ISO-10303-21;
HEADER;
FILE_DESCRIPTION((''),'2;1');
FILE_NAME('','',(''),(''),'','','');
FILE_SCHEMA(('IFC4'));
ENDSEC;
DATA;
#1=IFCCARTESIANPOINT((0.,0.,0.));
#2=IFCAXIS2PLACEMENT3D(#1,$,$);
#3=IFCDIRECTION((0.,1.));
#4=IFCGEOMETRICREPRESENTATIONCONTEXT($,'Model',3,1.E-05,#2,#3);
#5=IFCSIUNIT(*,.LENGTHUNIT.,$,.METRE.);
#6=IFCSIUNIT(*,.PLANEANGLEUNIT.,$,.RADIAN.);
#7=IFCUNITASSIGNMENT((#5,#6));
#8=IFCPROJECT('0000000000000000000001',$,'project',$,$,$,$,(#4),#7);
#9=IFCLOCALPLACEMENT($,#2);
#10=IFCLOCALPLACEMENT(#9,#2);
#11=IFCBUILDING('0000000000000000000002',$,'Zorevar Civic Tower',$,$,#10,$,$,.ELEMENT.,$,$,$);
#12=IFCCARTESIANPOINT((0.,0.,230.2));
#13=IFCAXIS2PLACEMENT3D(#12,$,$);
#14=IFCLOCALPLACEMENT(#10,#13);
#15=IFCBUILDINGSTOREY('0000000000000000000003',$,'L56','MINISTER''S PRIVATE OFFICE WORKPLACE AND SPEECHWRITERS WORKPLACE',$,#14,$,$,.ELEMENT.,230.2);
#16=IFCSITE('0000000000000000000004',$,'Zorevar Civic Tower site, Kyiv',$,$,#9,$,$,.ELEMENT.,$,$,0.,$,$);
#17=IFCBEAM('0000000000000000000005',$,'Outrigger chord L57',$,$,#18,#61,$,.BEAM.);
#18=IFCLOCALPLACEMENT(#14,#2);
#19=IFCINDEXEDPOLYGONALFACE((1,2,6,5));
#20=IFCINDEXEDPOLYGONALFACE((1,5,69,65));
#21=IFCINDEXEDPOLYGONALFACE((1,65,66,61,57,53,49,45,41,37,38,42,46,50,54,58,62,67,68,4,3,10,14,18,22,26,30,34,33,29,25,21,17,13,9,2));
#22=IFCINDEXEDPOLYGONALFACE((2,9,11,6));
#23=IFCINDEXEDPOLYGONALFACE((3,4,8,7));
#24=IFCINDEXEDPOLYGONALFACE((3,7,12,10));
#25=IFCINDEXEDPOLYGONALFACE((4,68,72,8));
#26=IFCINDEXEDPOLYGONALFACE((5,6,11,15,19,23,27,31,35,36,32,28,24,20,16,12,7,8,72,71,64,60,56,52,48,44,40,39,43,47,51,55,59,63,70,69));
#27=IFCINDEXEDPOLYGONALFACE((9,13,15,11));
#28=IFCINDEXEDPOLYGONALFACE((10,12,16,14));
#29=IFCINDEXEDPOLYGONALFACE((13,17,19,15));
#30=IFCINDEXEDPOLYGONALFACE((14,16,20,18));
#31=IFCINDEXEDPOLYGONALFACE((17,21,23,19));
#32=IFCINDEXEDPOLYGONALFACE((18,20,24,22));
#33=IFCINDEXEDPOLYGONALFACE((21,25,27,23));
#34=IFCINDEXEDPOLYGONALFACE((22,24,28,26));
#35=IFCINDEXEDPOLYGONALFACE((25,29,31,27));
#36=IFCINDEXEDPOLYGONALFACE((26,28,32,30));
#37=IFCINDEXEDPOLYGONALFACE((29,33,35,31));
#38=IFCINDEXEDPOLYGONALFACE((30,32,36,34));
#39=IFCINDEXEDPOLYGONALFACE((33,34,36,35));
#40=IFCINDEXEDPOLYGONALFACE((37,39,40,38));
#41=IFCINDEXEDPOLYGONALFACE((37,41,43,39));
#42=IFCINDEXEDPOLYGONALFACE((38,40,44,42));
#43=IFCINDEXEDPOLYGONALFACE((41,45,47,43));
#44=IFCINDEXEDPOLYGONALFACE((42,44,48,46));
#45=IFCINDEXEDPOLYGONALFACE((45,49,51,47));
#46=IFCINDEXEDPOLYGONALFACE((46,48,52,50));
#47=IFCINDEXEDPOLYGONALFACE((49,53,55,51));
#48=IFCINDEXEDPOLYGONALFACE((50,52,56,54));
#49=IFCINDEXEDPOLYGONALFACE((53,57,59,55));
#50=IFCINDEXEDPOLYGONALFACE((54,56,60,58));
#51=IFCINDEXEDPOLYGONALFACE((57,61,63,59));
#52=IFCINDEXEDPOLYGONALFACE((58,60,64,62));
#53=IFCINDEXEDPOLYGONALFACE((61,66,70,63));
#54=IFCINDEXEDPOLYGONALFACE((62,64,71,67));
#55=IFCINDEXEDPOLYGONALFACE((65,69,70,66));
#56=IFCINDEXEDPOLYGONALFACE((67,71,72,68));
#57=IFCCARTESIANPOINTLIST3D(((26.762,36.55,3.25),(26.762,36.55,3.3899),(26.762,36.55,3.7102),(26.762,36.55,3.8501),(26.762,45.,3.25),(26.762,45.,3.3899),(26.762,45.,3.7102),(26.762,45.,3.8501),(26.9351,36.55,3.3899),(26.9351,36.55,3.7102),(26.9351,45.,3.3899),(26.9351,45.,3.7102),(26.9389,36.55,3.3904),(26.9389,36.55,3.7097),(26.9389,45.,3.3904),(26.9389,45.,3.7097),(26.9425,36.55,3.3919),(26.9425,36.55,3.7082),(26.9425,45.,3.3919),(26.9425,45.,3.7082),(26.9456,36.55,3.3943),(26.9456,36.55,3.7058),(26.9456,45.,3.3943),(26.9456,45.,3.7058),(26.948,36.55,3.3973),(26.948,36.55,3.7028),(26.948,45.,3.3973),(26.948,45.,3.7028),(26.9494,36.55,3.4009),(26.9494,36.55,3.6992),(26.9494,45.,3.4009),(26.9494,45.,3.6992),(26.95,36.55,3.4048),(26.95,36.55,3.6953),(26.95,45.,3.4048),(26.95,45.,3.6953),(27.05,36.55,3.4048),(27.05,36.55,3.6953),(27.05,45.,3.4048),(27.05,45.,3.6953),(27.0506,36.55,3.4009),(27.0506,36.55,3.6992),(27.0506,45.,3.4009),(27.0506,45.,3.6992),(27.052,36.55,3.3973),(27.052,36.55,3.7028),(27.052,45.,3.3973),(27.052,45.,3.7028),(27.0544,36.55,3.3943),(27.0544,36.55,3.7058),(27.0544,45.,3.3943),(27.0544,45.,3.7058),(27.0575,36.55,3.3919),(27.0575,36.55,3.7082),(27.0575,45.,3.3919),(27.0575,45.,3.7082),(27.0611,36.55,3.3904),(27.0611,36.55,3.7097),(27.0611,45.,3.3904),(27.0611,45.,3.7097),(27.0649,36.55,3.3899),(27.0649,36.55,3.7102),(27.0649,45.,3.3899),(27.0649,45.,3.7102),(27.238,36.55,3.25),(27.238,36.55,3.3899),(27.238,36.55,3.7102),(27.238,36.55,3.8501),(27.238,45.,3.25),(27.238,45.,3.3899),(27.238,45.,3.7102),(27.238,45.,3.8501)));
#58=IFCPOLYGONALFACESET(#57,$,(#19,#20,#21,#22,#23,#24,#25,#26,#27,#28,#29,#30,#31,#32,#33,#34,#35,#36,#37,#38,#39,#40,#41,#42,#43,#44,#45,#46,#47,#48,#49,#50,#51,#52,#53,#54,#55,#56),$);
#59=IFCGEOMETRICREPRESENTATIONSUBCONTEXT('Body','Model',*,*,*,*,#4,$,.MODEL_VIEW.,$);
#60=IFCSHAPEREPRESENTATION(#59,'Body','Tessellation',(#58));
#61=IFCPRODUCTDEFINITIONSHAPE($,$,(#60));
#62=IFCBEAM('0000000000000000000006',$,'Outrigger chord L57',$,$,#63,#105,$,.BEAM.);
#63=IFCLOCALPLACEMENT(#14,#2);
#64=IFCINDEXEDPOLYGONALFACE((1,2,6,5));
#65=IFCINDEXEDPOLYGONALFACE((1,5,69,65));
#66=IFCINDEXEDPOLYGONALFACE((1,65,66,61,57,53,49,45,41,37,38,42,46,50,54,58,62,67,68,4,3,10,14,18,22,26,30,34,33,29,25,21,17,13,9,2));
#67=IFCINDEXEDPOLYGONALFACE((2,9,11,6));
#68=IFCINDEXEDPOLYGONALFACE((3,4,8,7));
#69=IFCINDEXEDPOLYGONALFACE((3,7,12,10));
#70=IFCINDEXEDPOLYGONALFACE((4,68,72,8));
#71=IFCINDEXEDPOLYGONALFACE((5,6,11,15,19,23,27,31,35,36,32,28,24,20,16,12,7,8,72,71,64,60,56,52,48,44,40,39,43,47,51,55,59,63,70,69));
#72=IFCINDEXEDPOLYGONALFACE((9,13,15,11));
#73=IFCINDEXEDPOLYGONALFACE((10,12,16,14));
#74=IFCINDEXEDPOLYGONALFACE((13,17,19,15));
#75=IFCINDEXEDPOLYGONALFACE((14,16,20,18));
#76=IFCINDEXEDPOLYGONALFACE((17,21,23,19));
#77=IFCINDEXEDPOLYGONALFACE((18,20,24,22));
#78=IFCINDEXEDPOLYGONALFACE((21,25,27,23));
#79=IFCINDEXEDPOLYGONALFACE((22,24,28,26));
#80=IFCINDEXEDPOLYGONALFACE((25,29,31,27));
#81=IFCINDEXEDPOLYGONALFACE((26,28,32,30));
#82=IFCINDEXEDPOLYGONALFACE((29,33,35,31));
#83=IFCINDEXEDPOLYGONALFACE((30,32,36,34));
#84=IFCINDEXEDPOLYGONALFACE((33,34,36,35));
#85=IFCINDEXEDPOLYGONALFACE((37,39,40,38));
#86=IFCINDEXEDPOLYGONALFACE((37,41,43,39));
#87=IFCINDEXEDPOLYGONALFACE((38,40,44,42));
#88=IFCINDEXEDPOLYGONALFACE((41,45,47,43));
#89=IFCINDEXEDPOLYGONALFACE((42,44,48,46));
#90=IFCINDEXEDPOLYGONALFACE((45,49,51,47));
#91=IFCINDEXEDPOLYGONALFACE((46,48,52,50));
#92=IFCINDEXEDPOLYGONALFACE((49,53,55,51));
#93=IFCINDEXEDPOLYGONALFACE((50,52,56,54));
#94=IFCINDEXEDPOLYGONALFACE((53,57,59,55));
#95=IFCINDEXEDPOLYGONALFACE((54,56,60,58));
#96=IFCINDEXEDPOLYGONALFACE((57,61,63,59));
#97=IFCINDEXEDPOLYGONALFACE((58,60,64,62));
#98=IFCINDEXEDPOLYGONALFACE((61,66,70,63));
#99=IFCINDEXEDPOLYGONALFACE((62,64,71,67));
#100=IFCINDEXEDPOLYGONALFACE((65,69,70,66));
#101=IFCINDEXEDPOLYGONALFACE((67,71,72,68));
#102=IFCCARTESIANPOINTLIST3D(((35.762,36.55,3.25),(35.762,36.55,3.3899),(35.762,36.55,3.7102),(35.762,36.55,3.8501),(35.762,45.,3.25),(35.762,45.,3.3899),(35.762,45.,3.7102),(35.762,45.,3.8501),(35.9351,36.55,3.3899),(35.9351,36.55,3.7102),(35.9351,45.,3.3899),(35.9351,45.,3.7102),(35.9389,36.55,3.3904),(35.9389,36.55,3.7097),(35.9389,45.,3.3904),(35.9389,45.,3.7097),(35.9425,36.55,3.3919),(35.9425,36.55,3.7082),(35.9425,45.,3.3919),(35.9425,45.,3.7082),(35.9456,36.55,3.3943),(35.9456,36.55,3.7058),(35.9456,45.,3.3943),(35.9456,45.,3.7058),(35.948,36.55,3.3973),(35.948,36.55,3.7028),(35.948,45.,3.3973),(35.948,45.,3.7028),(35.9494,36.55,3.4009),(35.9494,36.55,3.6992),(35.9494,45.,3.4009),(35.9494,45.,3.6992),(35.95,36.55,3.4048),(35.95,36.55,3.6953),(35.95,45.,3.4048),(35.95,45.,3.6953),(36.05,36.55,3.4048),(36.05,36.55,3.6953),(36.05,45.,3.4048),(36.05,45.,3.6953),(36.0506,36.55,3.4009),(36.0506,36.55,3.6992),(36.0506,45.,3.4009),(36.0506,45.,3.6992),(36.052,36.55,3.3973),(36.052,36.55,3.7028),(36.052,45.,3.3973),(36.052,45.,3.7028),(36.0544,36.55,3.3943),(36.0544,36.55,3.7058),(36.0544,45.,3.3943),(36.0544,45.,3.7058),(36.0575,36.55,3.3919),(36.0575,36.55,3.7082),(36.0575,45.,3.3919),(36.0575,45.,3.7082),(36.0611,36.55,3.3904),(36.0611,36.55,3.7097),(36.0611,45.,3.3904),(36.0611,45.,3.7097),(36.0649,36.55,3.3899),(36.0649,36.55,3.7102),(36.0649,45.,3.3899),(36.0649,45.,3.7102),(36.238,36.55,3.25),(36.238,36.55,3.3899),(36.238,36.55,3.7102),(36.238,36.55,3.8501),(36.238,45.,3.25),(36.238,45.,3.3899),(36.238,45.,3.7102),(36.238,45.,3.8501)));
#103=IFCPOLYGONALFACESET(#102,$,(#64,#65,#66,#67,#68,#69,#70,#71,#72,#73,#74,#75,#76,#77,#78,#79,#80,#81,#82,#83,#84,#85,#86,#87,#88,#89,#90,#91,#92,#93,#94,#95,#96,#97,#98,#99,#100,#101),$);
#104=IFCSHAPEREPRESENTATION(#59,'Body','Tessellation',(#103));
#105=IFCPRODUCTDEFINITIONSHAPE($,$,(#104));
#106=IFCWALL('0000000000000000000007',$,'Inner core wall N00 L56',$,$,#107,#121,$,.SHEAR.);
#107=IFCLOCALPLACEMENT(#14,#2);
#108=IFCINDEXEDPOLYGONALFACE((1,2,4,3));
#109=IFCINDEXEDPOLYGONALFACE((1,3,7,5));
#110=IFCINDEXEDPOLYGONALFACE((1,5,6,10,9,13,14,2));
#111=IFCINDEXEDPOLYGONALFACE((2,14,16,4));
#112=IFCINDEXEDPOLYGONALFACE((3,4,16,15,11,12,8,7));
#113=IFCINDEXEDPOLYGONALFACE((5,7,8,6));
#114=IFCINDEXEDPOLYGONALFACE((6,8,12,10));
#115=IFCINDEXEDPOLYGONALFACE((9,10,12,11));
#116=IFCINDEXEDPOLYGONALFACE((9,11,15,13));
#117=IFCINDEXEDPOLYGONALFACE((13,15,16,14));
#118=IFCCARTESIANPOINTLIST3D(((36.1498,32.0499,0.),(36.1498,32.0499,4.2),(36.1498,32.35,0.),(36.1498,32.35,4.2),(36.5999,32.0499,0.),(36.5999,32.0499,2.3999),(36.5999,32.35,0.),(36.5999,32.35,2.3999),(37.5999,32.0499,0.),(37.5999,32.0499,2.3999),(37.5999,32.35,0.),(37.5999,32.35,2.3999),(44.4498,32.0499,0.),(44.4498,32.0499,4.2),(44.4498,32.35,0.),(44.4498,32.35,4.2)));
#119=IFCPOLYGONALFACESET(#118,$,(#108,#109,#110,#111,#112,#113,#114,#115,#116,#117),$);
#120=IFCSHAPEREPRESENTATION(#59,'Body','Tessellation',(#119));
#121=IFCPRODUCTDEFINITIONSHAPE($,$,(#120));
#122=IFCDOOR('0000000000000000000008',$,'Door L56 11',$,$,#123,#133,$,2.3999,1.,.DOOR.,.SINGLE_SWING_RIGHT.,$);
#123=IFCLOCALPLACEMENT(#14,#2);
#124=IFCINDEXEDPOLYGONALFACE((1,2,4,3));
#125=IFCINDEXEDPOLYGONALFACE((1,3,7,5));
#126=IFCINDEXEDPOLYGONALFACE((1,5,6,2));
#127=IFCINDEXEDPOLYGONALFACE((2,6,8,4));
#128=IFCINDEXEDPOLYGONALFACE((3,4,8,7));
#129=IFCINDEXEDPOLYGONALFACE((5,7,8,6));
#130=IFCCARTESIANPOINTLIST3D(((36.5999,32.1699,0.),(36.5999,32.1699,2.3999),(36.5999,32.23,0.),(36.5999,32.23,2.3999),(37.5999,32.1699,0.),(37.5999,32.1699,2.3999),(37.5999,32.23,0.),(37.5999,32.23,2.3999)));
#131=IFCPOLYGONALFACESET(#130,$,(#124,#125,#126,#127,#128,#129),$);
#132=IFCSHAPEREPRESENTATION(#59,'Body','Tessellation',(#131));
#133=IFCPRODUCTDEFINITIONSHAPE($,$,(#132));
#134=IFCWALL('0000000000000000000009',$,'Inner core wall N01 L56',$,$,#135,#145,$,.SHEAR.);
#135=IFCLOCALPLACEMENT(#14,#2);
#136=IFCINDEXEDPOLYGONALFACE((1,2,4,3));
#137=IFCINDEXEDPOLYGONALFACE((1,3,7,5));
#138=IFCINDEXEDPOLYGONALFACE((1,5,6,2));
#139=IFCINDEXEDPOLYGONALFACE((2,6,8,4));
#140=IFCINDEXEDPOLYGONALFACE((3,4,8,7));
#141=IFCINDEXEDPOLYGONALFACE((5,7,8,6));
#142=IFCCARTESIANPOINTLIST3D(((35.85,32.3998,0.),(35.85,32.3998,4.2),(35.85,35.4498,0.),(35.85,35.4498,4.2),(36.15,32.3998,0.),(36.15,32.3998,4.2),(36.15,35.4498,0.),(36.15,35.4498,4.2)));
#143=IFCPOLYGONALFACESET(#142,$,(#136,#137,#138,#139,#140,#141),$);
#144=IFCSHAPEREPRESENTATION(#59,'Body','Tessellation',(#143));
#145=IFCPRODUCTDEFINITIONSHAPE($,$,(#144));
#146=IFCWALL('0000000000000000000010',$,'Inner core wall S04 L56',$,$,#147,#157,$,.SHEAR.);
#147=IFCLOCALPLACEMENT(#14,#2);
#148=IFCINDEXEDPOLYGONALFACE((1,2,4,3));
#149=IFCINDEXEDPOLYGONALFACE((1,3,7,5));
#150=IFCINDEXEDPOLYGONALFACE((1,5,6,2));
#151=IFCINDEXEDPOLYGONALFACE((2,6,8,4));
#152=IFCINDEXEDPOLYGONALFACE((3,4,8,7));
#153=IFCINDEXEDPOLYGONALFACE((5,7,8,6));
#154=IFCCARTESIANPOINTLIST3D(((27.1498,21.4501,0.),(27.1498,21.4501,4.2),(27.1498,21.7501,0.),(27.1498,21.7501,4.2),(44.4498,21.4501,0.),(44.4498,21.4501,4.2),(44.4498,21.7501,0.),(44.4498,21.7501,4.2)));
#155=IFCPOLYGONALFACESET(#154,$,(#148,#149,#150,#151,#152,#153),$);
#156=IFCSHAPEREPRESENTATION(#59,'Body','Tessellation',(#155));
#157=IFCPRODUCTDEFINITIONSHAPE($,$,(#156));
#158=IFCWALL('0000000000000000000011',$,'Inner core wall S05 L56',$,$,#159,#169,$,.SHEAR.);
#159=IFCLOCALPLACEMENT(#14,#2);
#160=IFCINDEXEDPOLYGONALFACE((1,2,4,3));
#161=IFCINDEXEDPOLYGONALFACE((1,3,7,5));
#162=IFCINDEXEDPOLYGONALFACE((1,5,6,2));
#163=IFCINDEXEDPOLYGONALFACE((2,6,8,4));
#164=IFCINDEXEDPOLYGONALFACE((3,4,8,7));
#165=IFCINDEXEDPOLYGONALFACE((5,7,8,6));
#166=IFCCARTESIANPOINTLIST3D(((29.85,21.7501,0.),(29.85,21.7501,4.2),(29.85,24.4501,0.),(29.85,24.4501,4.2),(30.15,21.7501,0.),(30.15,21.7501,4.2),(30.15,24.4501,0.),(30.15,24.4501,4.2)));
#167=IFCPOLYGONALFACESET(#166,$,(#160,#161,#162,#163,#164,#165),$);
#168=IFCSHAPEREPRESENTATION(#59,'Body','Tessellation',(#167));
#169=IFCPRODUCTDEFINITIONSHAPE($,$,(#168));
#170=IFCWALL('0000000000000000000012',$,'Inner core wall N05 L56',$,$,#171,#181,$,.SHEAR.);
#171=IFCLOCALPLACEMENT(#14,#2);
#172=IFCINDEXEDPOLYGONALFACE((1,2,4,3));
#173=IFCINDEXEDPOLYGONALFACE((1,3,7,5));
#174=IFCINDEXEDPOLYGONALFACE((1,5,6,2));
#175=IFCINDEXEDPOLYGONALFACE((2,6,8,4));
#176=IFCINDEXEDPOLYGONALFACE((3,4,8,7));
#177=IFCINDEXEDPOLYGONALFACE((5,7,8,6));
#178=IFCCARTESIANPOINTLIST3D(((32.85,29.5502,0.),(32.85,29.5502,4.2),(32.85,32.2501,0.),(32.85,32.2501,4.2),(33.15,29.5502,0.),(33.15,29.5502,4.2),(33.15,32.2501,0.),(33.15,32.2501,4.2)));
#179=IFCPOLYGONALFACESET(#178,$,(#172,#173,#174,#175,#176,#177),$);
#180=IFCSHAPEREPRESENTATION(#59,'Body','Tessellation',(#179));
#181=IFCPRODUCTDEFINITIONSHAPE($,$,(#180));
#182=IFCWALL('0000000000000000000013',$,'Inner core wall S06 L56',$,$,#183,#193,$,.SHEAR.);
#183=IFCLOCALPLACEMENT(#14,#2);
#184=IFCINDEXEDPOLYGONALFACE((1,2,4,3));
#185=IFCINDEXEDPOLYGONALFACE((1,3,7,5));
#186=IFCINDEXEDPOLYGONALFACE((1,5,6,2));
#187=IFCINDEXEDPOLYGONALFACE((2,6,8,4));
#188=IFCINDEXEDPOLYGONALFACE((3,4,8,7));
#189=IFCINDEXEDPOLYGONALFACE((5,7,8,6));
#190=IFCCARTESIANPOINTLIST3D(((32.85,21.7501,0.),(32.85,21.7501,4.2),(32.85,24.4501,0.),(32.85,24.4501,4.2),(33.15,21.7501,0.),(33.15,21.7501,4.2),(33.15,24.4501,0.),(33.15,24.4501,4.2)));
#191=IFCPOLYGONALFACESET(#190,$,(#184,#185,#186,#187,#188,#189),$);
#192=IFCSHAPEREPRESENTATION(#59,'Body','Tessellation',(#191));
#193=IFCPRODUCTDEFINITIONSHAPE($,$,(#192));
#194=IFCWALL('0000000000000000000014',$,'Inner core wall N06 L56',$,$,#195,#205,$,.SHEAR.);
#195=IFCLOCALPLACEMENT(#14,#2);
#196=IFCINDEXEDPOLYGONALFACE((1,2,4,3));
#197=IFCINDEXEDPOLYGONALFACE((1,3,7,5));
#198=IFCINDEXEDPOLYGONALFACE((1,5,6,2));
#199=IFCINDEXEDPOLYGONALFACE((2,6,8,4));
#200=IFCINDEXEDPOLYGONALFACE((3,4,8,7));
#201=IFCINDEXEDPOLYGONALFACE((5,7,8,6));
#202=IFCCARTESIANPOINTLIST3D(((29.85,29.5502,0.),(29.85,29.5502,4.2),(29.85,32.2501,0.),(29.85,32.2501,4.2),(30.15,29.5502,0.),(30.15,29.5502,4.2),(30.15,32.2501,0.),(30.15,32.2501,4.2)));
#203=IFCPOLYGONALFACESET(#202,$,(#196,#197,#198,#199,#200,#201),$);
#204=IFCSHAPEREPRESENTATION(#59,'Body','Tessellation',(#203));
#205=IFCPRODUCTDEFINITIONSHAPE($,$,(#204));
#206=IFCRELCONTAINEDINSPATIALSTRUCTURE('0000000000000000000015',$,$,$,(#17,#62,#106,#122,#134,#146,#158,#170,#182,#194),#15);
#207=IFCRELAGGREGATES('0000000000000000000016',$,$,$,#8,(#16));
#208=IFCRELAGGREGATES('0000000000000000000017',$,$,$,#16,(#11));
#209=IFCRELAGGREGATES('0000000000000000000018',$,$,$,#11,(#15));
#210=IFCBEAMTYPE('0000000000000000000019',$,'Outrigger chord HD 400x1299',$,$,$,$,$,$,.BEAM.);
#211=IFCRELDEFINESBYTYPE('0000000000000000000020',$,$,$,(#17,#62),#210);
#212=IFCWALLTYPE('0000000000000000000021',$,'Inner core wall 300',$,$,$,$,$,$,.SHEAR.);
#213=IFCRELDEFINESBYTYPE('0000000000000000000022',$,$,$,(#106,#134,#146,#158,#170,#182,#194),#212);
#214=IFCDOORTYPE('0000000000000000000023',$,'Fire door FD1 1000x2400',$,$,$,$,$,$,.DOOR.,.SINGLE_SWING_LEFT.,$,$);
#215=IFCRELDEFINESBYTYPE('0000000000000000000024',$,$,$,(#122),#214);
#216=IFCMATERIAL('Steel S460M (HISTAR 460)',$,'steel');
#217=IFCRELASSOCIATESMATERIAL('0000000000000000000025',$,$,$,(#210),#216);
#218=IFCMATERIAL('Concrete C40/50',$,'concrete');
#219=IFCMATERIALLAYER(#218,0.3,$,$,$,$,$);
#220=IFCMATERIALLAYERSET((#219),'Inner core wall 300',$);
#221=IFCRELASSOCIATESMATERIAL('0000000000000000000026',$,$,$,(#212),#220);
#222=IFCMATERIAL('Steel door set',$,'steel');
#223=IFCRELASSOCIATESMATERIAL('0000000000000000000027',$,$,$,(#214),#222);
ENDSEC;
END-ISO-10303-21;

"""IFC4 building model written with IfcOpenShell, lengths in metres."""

from ifc_helpers import new_model, si_unit, direction, frame, frame_2d, origin, origin_2d, place, context, subcontext, project, spatial, rectangle, i_section, extrude, material, layer, layer_set, material_profile, profile_set, type_object, element, fill, save


model = new_model("IFC4")

# Units and contexts
model_context = context("Model", 3, precision=1e-05, world=origin(), true_north=direction((0.0, 1.0)))
body_context = subcontext(model_context, "Body", "Model", "MODEL_VIEW")
ifc_project = project(units=[si_unit("LENGTHUNIT", "METRE"), si_unit("PLANEANGLEUNIT", "RADIAN")], contexts=[model_context])

# Site, building, storey
site_placement = place(None, origin())
site = spatial("IfcSite", under=ifc_project, at=site_placement, Name="Zorevar Civic Tower site, Kyiv", CompositionType="ELEMENT", RefElevation=0.0)
building_placement = place(site_placement, origin())
building = spatial("IfcBuilding", under=site, at=building_placement, Name="Zorevar Civic Tower", CompositionType="ELEMENT")
storey_placement = place(building_placement, frame((0.0, 0.0, 230.2)))
storey = spatial("IfcBuildingStorey", under=building, at=storey_placement, Name="L56", Description="MINISTER'S PRIVATE OFFICE WORKPLACE AND SPEECHWRITERS WORKPLACE", CompositionType="ELEMENT", Elevation=230.2)

# Beams
ifc_material_1 = material(Name="Steel S460M (HISTAR 460)", Category="steel")
ifc_material_profile = material_profile(ifc_material_1, i_section(OverallWidth=0.4761, OverallDepth=0.6001, WebThickness=0.1001, FlangeThickness=0.1399, FilletRadius=0.0149, at=origin_2d()), Name="HD 400x1299")
ifc_profile_set = profile_set([ifc_material_profile], Name="Steel S460M (HISTAR 460)")
beam_type = type_object("IfcBeamType", Name="Outrigger chord HD 400x1299", PredefinedType="BEAM", material=ifc_profile_set)
for number, where, z_axis, x_axis, name in (
    (1, (27.0, 36.55, 3.55), (0.0, 1.0, 0.0), (-1.0, 0.0, 0.0), "Outrigger chord L57"),
    (2, (36.0, 36.55, 3.55), (0.0, 1.0, 0.0), (-1.0, 0.0, 0.0), "Outrigger chord L57"),
):
    element("IfcBeam", number, at=place(storey_placement, frame(where, z_axis=z_axis, x_axis=x_axis)), inside=storey, type_object=beam_type, Name=name, PredefinedType="BEAM", context=body_context, shape_type="SweptSolid", body=[
        extrude(i_section(OverallWidth=0.4761, OverallDepth=0.6001, WebThickness=0.1001, FlangeThickness=0.1399, FilletRadius=0.0149, at=origin_2d()), origin(), (0.0, 0.0, 1.0), 8.45),
    ])

# Wall, opening, door
ifc_material_2 = material(Name="Concrete C40/50", Category="concrete")
ifc_layer_1 = layer(ifc_material_2, 0.3)
ifc_layer_set_1 = layer_set([ifc_layer_1], Name="Inner core wall 300")
wall_type_1 = type_object("IfcWallType", Name="Inner core wall 300", PredefinedType="SHEAR", material=ifc_layer_set_1)
wall_1_placement = place(storey_placement, frame((36.1499, 32.2, 0.0), z_axis=(0.0, 0.0, 1.0), x_axis=(1.0, 0.0, 0.0)))
wall_1 = element("IfcWall", 3, at=wall_1_placement, inside=storey, type_object=wall_type_1, Name="Inner core wall N00 L56", PredefinedType="SHEAR", context=body_context, shape_type="SweptSolid", body=[
    extrude(rectangle(XDim=8.3, YDim=0.3, at=frame_2d((4.1499, 0.0))), origin(), (0.0, 0.0, 1.0), 4.2),
])
opening_1_placement = place(wall_1_placement, frame((0.45, 0.0, 0.0)))
opening_1 = element("IfcOpeningElement", 4, at=opening_1_placement, cuts=wall_1, PredefinedType="OPENING", context=body_context, shape_type="SweptSolid", body=[
    extrude(rectangle(XDim=1.0, YDim=2.3999, at=frame_2d((0.5, 1.2))), frame((0.0, 0.1599, 0.0), z_axis=(0.0, -1.0, 0.0), x_axis=(1.0, 0.0, 0.0)), (0.0, 0.0, 1.0), 0.3201),
])
ifc_material_3 = material(Name="Steel door set", Category="steel")
door_type_1 = type_object("IfcDoorType", Name="Fire door FD1 1000x2400", OperationType="SINGLE_SWING_LEFT", PredefinedType="DOOR", material=ifc_material_3)
door_1_placement = place(opening_1_placement, origin())
door_1 = element("IfcDoor", 5, at=door_1_placement, inside=storey, type_object=door_type_1, Name="Door L56 11", OperationType="SINGLE_SWING_RIGHT", OverallHeight=2.3999, OverallWidth=1.0, PredefinedType="DOOR", context=body_context, shape_type="SweptSolid", body=[
    extrude(rectangle(XDim=1.0, YDim=2.3999, at=frame_2d((0.5, 1.2))), frame((0.0, 0.03, 0.0), z_axis=(0.0, -1.0, 0.0), x_axis=(1.0, 0.0, 0.0)), (0.0, 0.0, 1.0), 0.0601),
])
fill(opening_1, door_1)

# Wall
wall_2_placement = place(storey_placement, frame((36.0, 32.3999, 0.0), z_axis=(0.0, 0.0, 1.0), x_axis=(0.0, 1.0, 0.0)))
element("IfcWall", 6, at=wall_2_placement, inside=storey, type_object=wall_type_1, Name="Inner core wall N01 L56", PredefinedType="SHEAR", context=body_context, shape_type="SweptSolid", body=[
    extrude(rectangle(XDim=3.05, YDim=0.3, at=frame_2d((1.5249, 0.0))), origin(), (0.0, 0.0, 1.0), 4.2),
])

# Walls
wall_3_placement = place(storey_placement, frame((27.1499, 21.6001, 0.0), z_axis=(0.0, 0.0, 1.0), x_axis=(1.0, 0.0, 0.0)))
element("IfcWall", 7, at=wall_3_placement, inside=storey, type_object=wall_type_1, Name="Inner core wall S04 L56", PredefinedType="SHEAR", context=body_context, shape_type="SweptSolid", body=[
    extrude(rectangle(XDim=17.3, YDim=0.3, at=frame_2d((8.6499, 0.0))), origin(), (0.0, 0.0, 1.0), 4.2),
])
for number, where, z_axis, x_axis, name in (
    (8, (30.0, 21.75, 0.0), (0.0, 0.0, 1.0), (0.0, 1.0, 0.0), "Inner core wall S05 L56"),
    (9, (33.0, 29.55, 0.0), (0.0, 0.0, 1.0), (0.0, 1.0, 0.0), "Inner core wall N05 L56"),
    (10, (33.0, 21.75, 0.0), (0.0, 0.0, 1.0), (0.0, 1.0, 0.0), "Inner core wall S06 L56"),
    (11, (30.0, 29.55, 0.0), (0.0, 0.0, 1.0), (0.0, 1.0, 0.0), "Inner core wall N06 L56"),
):
    element("IfcWall", number, at=place(storey_placement, frame(where, z_axis=z_axis, x_axis=x_axis)), inside=storey, type_object=wall_type_1, Name=name, PredefinedType="SHEAR", context=body_context, shape_type="SweptSolid", body=[
        extrude(rectangle(XDim=2.7, YDim=0.3, at=frame_2d((1.3501, 0.0))), origin(), (0.0, 0.0, 1.0), 4.2),
    ])

save(model, "model.ifc")
